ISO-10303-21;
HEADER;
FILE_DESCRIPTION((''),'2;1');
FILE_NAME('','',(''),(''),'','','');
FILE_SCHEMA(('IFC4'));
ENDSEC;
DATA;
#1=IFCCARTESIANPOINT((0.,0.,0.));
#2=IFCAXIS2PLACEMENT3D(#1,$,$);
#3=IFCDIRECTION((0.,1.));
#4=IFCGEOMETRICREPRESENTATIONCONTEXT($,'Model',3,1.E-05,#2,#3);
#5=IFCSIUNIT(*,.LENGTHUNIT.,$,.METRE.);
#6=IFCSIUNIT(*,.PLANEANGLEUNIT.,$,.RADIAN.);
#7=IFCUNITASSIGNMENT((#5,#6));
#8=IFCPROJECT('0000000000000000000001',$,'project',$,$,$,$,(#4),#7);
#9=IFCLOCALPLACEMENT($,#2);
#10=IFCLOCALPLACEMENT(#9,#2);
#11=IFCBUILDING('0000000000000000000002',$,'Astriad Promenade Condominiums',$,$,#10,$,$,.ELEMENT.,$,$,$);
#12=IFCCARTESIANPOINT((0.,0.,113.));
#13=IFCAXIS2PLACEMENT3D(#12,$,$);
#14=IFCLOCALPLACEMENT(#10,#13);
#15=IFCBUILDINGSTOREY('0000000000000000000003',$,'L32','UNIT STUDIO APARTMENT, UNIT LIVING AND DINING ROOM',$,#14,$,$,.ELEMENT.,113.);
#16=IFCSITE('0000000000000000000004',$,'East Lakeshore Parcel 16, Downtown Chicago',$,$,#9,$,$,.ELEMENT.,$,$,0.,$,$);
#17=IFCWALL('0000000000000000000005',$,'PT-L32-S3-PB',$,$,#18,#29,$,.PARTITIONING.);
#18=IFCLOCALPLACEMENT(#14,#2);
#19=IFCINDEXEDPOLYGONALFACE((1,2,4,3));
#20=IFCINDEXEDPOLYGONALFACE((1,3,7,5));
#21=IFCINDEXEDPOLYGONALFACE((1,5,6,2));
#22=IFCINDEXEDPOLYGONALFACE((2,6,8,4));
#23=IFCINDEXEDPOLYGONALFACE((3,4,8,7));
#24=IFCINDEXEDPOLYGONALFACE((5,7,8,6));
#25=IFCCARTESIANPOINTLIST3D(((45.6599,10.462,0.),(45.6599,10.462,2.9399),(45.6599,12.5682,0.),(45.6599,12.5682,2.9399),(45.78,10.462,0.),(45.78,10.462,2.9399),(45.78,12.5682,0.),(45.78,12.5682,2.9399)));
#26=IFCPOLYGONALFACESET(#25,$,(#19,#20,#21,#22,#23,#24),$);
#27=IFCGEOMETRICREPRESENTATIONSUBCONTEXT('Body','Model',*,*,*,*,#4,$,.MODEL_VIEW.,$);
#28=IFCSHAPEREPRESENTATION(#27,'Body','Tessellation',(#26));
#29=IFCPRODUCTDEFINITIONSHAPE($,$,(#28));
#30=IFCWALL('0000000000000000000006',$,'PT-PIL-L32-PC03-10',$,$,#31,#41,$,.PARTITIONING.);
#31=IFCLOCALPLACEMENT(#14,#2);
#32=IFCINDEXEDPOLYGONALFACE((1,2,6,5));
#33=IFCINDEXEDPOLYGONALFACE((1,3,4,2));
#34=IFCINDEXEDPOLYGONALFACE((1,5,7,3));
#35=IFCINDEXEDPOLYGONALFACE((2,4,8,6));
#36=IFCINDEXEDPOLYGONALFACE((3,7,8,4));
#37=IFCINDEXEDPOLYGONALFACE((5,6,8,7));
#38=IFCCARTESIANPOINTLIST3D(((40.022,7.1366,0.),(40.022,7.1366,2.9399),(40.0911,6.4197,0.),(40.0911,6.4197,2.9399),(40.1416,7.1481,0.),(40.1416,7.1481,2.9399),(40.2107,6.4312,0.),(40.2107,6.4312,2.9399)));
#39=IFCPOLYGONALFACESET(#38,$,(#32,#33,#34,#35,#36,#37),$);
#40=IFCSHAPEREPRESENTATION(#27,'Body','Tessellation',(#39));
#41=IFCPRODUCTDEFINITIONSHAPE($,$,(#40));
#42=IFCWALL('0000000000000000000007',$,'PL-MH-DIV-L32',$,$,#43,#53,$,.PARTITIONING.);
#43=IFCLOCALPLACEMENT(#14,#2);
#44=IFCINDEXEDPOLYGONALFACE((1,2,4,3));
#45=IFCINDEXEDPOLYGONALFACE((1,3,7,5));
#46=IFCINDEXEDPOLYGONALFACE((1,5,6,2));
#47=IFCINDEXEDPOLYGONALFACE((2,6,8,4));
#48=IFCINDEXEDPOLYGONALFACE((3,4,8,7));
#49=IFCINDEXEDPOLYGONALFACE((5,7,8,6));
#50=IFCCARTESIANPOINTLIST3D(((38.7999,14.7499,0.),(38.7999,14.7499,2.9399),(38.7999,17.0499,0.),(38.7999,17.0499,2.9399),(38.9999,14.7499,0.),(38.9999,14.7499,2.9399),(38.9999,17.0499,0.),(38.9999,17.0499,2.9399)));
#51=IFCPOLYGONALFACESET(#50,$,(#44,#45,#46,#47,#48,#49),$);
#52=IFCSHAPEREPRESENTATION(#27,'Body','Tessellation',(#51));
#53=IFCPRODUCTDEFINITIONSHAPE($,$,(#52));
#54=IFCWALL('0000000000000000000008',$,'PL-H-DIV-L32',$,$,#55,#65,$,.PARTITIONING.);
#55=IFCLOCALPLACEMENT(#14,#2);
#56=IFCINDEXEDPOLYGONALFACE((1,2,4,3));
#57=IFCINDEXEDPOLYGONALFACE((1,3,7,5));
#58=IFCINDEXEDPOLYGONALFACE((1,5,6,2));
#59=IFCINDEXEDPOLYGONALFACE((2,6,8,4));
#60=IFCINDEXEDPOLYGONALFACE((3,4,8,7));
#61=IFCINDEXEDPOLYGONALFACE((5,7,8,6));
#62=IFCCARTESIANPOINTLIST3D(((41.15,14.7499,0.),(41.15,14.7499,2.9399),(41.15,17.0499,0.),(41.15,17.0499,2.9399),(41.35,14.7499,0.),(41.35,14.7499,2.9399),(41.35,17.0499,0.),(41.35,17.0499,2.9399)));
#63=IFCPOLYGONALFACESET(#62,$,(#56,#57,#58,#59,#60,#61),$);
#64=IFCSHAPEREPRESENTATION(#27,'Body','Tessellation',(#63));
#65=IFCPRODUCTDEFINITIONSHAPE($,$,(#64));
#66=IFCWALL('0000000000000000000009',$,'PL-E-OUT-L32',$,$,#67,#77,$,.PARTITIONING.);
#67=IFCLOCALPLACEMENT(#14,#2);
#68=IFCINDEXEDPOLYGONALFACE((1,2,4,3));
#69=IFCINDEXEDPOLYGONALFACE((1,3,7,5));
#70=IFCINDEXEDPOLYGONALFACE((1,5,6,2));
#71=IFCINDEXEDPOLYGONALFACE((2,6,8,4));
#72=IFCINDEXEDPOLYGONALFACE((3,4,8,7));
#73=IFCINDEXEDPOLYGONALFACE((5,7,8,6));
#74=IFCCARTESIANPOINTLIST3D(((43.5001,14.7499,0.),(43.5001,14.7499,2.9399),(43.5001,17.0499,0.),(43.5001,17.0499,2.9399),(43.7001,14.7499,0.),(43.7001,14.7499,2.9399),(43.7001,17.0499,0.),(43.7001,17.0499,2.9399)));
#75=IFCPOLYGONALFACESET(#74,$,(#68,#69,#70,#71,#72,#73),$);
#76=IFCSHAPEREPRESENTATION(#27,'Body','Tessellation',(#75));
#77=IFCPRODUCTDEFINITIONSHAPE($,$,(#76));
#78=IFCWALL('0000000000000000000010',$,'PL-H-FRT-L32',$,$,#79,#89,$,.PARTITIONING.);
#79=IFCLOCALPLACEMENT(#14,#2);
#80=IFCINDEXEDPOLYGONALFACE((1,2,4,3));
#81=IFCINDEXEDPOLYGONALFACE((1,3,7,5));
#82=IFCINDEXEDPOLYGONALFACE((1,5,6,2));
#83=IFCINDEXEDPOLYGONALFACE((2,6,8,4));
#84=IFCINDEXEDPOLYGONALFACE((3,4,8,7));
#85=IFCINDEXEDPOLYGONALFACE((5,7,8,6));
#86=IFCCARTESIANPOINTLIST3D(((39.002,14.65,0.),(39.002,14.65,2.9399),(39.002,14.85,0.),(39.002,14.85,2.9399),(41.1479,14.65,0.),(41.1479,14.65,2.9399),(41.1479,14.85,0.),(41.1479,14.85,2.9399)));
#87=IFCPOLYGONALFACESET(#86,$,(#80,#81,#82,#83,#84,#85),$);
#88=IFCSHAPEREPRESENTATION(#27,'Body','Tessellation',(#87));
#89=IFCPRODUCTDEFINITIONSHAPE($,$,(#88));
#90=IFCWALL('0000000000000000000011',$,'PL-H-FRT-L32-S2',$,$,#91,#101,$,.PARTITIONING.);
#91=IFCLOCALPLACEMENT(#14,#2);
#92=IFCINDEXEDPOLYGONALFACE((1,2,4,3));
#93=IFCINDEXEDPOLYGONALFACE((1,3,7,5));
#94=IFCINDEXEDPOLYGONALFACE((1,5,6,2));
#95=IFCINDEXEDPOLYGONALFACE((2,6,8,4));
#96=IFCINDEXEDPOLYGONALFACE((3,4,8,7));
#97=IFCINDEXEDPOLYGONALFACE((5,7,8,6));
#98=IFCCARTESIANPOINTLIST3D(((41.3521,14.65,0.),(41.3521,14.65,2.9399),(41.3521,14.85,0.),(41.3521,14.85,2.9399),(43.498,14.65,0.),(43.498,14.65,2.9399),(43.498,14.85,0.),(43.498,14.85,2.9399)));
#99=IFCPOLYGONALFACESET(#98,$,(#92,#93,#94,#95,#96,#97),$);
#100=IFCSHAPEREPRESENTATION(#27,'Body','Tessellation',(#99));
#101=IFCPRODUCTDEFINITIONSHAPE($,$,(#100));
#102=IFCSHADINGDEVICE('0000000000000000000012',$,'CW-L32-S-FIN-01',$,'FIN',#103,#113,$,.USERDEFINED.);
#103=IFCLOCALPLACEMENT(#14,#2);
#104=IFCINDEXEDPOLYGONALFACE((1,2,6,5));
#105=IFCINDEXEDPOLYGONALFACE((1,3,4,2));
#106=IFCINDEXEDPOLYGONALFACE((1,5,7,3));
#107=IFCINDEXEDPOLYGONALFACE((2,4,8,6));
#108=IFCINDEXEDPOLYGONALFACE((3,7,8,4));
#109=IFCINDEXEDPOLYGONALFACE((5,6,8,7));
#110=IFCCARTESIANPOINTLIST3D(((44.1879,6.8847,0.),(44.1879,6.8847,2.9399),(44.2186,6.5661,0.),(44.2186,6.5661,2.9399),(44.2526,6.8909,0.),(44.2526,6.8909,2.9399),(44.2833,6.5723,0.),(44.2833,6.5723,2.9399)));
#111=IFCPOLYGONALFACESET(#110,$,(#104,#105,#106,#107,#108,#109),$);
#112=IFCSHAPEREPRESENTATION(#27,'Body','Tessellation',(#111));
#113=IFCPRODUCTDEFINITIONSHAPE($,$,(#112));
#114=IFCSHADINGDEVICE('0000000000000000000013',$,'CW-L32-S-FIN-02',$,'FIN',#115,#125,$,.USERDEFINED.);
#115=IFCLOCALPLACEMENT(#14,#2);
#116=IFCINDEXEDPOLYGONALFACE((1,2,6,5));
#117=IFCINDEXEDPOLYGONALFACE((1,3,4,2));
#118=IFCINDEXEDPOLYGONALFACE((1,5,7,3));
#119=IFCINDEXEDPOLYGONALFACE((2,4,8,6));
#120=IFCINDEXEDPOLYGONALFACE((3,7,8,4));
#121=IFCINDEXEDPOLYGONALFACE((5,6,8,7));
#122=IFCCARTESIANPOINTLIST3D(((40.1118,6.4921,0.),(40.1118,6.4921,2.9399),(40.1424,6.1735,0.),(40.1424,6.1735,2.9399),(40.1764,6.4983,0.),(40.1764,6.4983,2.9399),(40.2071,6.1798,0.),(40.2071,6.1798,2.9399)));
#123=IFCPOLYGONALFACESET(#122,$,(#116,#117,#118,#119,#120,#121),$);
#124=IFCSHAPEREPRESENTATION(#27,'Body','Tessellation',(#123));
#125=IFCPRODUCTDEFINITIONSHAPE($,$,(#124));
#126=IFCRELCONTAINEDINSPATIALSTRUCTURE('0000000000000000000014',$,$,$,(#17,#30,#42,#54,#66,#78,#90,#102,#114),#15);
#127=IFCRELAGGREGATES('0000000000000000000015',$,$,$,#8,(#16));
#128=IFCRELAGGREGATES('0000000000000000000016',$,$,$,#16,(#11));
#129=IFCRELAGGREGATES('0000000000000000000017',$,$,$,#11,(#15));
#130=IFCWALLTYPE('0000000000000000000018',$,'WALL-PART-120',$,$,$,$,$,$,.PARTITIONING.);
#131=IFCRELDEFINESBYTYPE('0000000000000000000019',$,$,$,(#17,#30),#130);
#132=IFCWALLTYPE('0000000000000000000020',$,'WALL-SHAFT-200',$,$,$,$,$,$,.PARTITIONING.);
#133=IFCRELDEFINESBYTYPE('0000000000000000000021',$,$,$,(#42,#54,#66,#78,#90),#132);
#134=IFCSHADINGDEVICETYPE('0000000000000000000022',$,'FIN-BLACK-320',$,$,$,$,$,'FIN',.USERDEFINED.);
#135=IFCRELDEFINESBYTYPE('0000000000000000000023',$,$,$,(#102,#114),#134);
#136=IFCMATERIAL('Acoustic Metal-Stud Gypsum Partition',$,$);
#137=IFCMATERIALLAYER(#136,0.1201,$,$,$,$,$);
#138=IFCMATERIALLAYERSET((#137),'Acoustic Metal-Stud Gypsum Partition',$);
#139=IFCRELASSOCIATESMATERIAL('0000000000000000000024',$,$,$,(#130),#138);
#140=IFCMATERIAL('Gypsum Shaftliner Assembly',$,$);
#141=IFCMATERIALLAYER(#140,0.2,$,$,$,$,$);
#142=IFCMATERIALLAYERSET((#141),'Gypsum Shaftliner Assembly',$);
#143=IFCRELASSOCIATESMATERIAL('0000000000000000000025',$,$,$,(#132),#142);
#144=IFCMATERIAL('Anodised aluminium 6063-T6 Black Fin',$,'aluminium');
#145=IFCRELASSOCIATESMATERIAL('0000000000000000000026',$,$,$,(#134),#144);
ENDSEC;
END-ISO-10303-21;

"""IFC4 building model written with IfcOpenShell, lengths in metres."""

from ifc_helpers import new_model, si_unit, direction, frame, frame_2d, origin, origin_2d, place, context, subcontext, project, spatial, rectangle, extrude, source, transform, mapped, material, layer, layer_set, type_object, type_shapes, element, save


model = new_model("IFC4")

# Units and contexts
model_context = context("Model", 3, precision=1e-05, world=origin(), true_north=direction((0.0, 1.0)))
body_context = subcontext(model_context, "Body", "Model", "MODEL_VIEW")
ifc_project = project(units=[si_unit("LENGTHUNIT", "METRE"), si_unit("PLANEANGLEUNIT", "RADIAN")], contexts=[model_context])

# Site, building, storey
site_placement = place(None, origin())
site = spatial("IfcSite", under=ifc_project, at=site_placement, Name="East Lakeshore Parcel 16, Downtown Chicago", CompositionType="ELEMENT", RefElevation=0.0)
building_placement = place(site_placement, origin())
building = spatial("IfcBuilding", under=site, at=building_placement, Name="Astriad Promenade Condominiums", CompositionType="ELEMENT")
storey_placement = place(building_placement, frame((0.0, 0.0, 113.0)))
storey = spatial("IfcBuildingStorey", under=building, at=storey_placement, Name="L32", Description="UNIT STUDIO APARTMENT, UNIT LIVING AND DINING ROOM", CompositionType="ELEMENT", Elevation=113.0)

# Shared definitions
ifc_material_1 = material(Name="Acoustic Metal-Stud Gypsum Partition")
ifc_layer_1 = layer(ifc_material_1, 0.1201)
ifc_layer_set_1 = layer_set([ifc_layer_1], Name="Acoustic Metal-Stud Gypsum Partition")
wall_type_1 = type_object("IfcWallType", Name="WALL-PART-120", PredefinedType="PARTITIONING", material=ifc_layer_set_1)

# Walls
for number, where, z_axis, x_axis, name in (
    (1, (45.72, 10.4619, 0.0), (0.0, 0.0, 1.0), (0.0, 1.0, 0.0), "PT-L32-S3-PB"),
):
    element("IfcWall", number, at=place(storey_placement, frame(where, z_axis=z_axis, x_axis=x_axis)), inside=storey, type_object=wall_type_1, Name=name, PredefinedType="PARTITIONING", context=body_context, shape_type="SweptSolid", body=[
        extrude(rectangle(XDim=2.1062, YDim=0.1201, at=frame_2d((1.0532, 0.0))), origin(), (0.0, 0.0, 1.0), 2.9399),
    ])
wall_1_placement = place(storey_placement, frame((40.0818, 7.1423, 0.0), z_axis=(0.0, 0.0, 1.0), x_axis=(0.095945, -0.995387, 0.0)))
element("IfcWall", 2, at=wall_1_placement, inside=storey, type_object=wall_type_1, Name="PT-PIL-L32-PC03-10", PredefinedType="PARTITIONING", context=body_context, shape_type="SweptSolid", body=[
    extrude(rectangle(XDim=0.7202, YDim=0.1201, at=frame_2d((0.3601, 0.0))), origin(), (0.0, 0.0, 1.0), 2.9399),
])
ifc_material_2 = material(Name="Gypsum Shaftliner Assembly")
ifc_layer_2 = layer(ifc_material_2, 0.2)
ifc_layer_set_2 = layer_set([ifc_layer_2], Name="Gypsum Shaftliner Assembly")
wall_type_2 = type_object("IfcWallType", Name="WALL-SHAFT-200", PredefinedType="PARTITIONING", material=ifc_layer_set_2)
for number, where, z_axis, x_axis, name in (
    (3, (38.8999, 14.75, 0.0), (0.0, 0.0, 1.0), (0.0, 1.0, 0.0), "PL-MH-DIV-L32"),
    (4, (41.25, 14.75, 0.0), (0.0, 0.0, 1.0), (0.0, 1.0, 0.0), "PL-H-DIV-L32"),
    (5, (43.6001, 14.75, 0.0), (0.0, 0.0, 1.0), (0.0, 1.0, 0.0), "PL-E-OUT-L32"),
):
    element("IfcWall", number, at=place(storey_placement, frame(where, z_axis=z_axis, x_axis=x_axis)), inside=storey, type_object=wall_type_2, Name=name, PredefinedType="PARTITIONING", context=body_context, shape_type="SweptSolid", body=[
        extrude(rectangle(XDim=2.3, YDim=0.2, at=frame_2d((1.1499, 0.0))), origin(), (0.0, 0.0, 1.0), 2.9399),
    ])
for number, where, z_axis, x_axis, name in (
    (6, (39.002, 14.75, 0.0), (0.0, 0.0, 1.0), (1.0, 0.0, 0.0), "PL-H-FRT-L32"),
    (7, (41.3521, 14.75, 0.0), (0.0, 0.0, 1.0), (1.0, 0.0, 0.0), "PL-H-FRT-L32-S2"),
):
    element("IfcWall", number, at=place(storey_placement, frame(where, z_axis=z_axis, x_axis=x_axis)), inside=storey, type_object=wall_type_2, Name=name, PredefinedType="PARTITIONING", context=body_context, shape_type="SweptSolid", body=[
        extrude(rectangle(XDim=2.146, YDim=0.2, at=frame_2d((1.073, 0.0))), origin(), (0.0, 0.0, 1.0), 2.9399),
    ])

# Shading devices
ifc_material_3 = material(Name="Anodised aluminium 6063-T6 Black Fin", Category="aluminium")
shading_device_type = type_object("IfcShadingDeviceType", Name="FIN-BLACK-320", ElementType="FIN", PredefinedType="USERDEFINED", material=ifc_material_3)
shared_shape_1 = source(origin(), body_context, "Body", "SweptSolid", [
    extrude(rectangle(XDim=0.0649, YDim=0.3201, at=origin_2d()), origin(), (0.0, 0.0, 1.0), 2.9399),
])
type_shapes(shading_device_type, [shared_shape_1])
for number, where, z_axis, x_axis, name in (
    (8, (44.2356, 6.7285, 0.0), (0.0, 0.0, 1.0), (-0.995396, -0.095846, 0.0), "CW-L32-S-FIN-01"),
    (9, (40.1594, 6.3359, 0.0), (0.0, 0.0, 1.0), (-0.995396, -0.095846, 0.0), "CW-L32-S-FIN-02"),
):
    element("IfcShadingDevice", number, at=place(storey_placement, frame(where, z_axis=z_axis, x_axis=x_axis)), inside=storey, type_object=shading_device_type, Name=name, ObjectType="FIN", PredefinedType="USERDEFINED", context=body_context, shape_type="MappedRepresentation", body=[
        mapped(shared_shape_1, transform((0.0, 0.0, 0.0), scale=1.0)),
    ])

save(model, "model.ifc")
